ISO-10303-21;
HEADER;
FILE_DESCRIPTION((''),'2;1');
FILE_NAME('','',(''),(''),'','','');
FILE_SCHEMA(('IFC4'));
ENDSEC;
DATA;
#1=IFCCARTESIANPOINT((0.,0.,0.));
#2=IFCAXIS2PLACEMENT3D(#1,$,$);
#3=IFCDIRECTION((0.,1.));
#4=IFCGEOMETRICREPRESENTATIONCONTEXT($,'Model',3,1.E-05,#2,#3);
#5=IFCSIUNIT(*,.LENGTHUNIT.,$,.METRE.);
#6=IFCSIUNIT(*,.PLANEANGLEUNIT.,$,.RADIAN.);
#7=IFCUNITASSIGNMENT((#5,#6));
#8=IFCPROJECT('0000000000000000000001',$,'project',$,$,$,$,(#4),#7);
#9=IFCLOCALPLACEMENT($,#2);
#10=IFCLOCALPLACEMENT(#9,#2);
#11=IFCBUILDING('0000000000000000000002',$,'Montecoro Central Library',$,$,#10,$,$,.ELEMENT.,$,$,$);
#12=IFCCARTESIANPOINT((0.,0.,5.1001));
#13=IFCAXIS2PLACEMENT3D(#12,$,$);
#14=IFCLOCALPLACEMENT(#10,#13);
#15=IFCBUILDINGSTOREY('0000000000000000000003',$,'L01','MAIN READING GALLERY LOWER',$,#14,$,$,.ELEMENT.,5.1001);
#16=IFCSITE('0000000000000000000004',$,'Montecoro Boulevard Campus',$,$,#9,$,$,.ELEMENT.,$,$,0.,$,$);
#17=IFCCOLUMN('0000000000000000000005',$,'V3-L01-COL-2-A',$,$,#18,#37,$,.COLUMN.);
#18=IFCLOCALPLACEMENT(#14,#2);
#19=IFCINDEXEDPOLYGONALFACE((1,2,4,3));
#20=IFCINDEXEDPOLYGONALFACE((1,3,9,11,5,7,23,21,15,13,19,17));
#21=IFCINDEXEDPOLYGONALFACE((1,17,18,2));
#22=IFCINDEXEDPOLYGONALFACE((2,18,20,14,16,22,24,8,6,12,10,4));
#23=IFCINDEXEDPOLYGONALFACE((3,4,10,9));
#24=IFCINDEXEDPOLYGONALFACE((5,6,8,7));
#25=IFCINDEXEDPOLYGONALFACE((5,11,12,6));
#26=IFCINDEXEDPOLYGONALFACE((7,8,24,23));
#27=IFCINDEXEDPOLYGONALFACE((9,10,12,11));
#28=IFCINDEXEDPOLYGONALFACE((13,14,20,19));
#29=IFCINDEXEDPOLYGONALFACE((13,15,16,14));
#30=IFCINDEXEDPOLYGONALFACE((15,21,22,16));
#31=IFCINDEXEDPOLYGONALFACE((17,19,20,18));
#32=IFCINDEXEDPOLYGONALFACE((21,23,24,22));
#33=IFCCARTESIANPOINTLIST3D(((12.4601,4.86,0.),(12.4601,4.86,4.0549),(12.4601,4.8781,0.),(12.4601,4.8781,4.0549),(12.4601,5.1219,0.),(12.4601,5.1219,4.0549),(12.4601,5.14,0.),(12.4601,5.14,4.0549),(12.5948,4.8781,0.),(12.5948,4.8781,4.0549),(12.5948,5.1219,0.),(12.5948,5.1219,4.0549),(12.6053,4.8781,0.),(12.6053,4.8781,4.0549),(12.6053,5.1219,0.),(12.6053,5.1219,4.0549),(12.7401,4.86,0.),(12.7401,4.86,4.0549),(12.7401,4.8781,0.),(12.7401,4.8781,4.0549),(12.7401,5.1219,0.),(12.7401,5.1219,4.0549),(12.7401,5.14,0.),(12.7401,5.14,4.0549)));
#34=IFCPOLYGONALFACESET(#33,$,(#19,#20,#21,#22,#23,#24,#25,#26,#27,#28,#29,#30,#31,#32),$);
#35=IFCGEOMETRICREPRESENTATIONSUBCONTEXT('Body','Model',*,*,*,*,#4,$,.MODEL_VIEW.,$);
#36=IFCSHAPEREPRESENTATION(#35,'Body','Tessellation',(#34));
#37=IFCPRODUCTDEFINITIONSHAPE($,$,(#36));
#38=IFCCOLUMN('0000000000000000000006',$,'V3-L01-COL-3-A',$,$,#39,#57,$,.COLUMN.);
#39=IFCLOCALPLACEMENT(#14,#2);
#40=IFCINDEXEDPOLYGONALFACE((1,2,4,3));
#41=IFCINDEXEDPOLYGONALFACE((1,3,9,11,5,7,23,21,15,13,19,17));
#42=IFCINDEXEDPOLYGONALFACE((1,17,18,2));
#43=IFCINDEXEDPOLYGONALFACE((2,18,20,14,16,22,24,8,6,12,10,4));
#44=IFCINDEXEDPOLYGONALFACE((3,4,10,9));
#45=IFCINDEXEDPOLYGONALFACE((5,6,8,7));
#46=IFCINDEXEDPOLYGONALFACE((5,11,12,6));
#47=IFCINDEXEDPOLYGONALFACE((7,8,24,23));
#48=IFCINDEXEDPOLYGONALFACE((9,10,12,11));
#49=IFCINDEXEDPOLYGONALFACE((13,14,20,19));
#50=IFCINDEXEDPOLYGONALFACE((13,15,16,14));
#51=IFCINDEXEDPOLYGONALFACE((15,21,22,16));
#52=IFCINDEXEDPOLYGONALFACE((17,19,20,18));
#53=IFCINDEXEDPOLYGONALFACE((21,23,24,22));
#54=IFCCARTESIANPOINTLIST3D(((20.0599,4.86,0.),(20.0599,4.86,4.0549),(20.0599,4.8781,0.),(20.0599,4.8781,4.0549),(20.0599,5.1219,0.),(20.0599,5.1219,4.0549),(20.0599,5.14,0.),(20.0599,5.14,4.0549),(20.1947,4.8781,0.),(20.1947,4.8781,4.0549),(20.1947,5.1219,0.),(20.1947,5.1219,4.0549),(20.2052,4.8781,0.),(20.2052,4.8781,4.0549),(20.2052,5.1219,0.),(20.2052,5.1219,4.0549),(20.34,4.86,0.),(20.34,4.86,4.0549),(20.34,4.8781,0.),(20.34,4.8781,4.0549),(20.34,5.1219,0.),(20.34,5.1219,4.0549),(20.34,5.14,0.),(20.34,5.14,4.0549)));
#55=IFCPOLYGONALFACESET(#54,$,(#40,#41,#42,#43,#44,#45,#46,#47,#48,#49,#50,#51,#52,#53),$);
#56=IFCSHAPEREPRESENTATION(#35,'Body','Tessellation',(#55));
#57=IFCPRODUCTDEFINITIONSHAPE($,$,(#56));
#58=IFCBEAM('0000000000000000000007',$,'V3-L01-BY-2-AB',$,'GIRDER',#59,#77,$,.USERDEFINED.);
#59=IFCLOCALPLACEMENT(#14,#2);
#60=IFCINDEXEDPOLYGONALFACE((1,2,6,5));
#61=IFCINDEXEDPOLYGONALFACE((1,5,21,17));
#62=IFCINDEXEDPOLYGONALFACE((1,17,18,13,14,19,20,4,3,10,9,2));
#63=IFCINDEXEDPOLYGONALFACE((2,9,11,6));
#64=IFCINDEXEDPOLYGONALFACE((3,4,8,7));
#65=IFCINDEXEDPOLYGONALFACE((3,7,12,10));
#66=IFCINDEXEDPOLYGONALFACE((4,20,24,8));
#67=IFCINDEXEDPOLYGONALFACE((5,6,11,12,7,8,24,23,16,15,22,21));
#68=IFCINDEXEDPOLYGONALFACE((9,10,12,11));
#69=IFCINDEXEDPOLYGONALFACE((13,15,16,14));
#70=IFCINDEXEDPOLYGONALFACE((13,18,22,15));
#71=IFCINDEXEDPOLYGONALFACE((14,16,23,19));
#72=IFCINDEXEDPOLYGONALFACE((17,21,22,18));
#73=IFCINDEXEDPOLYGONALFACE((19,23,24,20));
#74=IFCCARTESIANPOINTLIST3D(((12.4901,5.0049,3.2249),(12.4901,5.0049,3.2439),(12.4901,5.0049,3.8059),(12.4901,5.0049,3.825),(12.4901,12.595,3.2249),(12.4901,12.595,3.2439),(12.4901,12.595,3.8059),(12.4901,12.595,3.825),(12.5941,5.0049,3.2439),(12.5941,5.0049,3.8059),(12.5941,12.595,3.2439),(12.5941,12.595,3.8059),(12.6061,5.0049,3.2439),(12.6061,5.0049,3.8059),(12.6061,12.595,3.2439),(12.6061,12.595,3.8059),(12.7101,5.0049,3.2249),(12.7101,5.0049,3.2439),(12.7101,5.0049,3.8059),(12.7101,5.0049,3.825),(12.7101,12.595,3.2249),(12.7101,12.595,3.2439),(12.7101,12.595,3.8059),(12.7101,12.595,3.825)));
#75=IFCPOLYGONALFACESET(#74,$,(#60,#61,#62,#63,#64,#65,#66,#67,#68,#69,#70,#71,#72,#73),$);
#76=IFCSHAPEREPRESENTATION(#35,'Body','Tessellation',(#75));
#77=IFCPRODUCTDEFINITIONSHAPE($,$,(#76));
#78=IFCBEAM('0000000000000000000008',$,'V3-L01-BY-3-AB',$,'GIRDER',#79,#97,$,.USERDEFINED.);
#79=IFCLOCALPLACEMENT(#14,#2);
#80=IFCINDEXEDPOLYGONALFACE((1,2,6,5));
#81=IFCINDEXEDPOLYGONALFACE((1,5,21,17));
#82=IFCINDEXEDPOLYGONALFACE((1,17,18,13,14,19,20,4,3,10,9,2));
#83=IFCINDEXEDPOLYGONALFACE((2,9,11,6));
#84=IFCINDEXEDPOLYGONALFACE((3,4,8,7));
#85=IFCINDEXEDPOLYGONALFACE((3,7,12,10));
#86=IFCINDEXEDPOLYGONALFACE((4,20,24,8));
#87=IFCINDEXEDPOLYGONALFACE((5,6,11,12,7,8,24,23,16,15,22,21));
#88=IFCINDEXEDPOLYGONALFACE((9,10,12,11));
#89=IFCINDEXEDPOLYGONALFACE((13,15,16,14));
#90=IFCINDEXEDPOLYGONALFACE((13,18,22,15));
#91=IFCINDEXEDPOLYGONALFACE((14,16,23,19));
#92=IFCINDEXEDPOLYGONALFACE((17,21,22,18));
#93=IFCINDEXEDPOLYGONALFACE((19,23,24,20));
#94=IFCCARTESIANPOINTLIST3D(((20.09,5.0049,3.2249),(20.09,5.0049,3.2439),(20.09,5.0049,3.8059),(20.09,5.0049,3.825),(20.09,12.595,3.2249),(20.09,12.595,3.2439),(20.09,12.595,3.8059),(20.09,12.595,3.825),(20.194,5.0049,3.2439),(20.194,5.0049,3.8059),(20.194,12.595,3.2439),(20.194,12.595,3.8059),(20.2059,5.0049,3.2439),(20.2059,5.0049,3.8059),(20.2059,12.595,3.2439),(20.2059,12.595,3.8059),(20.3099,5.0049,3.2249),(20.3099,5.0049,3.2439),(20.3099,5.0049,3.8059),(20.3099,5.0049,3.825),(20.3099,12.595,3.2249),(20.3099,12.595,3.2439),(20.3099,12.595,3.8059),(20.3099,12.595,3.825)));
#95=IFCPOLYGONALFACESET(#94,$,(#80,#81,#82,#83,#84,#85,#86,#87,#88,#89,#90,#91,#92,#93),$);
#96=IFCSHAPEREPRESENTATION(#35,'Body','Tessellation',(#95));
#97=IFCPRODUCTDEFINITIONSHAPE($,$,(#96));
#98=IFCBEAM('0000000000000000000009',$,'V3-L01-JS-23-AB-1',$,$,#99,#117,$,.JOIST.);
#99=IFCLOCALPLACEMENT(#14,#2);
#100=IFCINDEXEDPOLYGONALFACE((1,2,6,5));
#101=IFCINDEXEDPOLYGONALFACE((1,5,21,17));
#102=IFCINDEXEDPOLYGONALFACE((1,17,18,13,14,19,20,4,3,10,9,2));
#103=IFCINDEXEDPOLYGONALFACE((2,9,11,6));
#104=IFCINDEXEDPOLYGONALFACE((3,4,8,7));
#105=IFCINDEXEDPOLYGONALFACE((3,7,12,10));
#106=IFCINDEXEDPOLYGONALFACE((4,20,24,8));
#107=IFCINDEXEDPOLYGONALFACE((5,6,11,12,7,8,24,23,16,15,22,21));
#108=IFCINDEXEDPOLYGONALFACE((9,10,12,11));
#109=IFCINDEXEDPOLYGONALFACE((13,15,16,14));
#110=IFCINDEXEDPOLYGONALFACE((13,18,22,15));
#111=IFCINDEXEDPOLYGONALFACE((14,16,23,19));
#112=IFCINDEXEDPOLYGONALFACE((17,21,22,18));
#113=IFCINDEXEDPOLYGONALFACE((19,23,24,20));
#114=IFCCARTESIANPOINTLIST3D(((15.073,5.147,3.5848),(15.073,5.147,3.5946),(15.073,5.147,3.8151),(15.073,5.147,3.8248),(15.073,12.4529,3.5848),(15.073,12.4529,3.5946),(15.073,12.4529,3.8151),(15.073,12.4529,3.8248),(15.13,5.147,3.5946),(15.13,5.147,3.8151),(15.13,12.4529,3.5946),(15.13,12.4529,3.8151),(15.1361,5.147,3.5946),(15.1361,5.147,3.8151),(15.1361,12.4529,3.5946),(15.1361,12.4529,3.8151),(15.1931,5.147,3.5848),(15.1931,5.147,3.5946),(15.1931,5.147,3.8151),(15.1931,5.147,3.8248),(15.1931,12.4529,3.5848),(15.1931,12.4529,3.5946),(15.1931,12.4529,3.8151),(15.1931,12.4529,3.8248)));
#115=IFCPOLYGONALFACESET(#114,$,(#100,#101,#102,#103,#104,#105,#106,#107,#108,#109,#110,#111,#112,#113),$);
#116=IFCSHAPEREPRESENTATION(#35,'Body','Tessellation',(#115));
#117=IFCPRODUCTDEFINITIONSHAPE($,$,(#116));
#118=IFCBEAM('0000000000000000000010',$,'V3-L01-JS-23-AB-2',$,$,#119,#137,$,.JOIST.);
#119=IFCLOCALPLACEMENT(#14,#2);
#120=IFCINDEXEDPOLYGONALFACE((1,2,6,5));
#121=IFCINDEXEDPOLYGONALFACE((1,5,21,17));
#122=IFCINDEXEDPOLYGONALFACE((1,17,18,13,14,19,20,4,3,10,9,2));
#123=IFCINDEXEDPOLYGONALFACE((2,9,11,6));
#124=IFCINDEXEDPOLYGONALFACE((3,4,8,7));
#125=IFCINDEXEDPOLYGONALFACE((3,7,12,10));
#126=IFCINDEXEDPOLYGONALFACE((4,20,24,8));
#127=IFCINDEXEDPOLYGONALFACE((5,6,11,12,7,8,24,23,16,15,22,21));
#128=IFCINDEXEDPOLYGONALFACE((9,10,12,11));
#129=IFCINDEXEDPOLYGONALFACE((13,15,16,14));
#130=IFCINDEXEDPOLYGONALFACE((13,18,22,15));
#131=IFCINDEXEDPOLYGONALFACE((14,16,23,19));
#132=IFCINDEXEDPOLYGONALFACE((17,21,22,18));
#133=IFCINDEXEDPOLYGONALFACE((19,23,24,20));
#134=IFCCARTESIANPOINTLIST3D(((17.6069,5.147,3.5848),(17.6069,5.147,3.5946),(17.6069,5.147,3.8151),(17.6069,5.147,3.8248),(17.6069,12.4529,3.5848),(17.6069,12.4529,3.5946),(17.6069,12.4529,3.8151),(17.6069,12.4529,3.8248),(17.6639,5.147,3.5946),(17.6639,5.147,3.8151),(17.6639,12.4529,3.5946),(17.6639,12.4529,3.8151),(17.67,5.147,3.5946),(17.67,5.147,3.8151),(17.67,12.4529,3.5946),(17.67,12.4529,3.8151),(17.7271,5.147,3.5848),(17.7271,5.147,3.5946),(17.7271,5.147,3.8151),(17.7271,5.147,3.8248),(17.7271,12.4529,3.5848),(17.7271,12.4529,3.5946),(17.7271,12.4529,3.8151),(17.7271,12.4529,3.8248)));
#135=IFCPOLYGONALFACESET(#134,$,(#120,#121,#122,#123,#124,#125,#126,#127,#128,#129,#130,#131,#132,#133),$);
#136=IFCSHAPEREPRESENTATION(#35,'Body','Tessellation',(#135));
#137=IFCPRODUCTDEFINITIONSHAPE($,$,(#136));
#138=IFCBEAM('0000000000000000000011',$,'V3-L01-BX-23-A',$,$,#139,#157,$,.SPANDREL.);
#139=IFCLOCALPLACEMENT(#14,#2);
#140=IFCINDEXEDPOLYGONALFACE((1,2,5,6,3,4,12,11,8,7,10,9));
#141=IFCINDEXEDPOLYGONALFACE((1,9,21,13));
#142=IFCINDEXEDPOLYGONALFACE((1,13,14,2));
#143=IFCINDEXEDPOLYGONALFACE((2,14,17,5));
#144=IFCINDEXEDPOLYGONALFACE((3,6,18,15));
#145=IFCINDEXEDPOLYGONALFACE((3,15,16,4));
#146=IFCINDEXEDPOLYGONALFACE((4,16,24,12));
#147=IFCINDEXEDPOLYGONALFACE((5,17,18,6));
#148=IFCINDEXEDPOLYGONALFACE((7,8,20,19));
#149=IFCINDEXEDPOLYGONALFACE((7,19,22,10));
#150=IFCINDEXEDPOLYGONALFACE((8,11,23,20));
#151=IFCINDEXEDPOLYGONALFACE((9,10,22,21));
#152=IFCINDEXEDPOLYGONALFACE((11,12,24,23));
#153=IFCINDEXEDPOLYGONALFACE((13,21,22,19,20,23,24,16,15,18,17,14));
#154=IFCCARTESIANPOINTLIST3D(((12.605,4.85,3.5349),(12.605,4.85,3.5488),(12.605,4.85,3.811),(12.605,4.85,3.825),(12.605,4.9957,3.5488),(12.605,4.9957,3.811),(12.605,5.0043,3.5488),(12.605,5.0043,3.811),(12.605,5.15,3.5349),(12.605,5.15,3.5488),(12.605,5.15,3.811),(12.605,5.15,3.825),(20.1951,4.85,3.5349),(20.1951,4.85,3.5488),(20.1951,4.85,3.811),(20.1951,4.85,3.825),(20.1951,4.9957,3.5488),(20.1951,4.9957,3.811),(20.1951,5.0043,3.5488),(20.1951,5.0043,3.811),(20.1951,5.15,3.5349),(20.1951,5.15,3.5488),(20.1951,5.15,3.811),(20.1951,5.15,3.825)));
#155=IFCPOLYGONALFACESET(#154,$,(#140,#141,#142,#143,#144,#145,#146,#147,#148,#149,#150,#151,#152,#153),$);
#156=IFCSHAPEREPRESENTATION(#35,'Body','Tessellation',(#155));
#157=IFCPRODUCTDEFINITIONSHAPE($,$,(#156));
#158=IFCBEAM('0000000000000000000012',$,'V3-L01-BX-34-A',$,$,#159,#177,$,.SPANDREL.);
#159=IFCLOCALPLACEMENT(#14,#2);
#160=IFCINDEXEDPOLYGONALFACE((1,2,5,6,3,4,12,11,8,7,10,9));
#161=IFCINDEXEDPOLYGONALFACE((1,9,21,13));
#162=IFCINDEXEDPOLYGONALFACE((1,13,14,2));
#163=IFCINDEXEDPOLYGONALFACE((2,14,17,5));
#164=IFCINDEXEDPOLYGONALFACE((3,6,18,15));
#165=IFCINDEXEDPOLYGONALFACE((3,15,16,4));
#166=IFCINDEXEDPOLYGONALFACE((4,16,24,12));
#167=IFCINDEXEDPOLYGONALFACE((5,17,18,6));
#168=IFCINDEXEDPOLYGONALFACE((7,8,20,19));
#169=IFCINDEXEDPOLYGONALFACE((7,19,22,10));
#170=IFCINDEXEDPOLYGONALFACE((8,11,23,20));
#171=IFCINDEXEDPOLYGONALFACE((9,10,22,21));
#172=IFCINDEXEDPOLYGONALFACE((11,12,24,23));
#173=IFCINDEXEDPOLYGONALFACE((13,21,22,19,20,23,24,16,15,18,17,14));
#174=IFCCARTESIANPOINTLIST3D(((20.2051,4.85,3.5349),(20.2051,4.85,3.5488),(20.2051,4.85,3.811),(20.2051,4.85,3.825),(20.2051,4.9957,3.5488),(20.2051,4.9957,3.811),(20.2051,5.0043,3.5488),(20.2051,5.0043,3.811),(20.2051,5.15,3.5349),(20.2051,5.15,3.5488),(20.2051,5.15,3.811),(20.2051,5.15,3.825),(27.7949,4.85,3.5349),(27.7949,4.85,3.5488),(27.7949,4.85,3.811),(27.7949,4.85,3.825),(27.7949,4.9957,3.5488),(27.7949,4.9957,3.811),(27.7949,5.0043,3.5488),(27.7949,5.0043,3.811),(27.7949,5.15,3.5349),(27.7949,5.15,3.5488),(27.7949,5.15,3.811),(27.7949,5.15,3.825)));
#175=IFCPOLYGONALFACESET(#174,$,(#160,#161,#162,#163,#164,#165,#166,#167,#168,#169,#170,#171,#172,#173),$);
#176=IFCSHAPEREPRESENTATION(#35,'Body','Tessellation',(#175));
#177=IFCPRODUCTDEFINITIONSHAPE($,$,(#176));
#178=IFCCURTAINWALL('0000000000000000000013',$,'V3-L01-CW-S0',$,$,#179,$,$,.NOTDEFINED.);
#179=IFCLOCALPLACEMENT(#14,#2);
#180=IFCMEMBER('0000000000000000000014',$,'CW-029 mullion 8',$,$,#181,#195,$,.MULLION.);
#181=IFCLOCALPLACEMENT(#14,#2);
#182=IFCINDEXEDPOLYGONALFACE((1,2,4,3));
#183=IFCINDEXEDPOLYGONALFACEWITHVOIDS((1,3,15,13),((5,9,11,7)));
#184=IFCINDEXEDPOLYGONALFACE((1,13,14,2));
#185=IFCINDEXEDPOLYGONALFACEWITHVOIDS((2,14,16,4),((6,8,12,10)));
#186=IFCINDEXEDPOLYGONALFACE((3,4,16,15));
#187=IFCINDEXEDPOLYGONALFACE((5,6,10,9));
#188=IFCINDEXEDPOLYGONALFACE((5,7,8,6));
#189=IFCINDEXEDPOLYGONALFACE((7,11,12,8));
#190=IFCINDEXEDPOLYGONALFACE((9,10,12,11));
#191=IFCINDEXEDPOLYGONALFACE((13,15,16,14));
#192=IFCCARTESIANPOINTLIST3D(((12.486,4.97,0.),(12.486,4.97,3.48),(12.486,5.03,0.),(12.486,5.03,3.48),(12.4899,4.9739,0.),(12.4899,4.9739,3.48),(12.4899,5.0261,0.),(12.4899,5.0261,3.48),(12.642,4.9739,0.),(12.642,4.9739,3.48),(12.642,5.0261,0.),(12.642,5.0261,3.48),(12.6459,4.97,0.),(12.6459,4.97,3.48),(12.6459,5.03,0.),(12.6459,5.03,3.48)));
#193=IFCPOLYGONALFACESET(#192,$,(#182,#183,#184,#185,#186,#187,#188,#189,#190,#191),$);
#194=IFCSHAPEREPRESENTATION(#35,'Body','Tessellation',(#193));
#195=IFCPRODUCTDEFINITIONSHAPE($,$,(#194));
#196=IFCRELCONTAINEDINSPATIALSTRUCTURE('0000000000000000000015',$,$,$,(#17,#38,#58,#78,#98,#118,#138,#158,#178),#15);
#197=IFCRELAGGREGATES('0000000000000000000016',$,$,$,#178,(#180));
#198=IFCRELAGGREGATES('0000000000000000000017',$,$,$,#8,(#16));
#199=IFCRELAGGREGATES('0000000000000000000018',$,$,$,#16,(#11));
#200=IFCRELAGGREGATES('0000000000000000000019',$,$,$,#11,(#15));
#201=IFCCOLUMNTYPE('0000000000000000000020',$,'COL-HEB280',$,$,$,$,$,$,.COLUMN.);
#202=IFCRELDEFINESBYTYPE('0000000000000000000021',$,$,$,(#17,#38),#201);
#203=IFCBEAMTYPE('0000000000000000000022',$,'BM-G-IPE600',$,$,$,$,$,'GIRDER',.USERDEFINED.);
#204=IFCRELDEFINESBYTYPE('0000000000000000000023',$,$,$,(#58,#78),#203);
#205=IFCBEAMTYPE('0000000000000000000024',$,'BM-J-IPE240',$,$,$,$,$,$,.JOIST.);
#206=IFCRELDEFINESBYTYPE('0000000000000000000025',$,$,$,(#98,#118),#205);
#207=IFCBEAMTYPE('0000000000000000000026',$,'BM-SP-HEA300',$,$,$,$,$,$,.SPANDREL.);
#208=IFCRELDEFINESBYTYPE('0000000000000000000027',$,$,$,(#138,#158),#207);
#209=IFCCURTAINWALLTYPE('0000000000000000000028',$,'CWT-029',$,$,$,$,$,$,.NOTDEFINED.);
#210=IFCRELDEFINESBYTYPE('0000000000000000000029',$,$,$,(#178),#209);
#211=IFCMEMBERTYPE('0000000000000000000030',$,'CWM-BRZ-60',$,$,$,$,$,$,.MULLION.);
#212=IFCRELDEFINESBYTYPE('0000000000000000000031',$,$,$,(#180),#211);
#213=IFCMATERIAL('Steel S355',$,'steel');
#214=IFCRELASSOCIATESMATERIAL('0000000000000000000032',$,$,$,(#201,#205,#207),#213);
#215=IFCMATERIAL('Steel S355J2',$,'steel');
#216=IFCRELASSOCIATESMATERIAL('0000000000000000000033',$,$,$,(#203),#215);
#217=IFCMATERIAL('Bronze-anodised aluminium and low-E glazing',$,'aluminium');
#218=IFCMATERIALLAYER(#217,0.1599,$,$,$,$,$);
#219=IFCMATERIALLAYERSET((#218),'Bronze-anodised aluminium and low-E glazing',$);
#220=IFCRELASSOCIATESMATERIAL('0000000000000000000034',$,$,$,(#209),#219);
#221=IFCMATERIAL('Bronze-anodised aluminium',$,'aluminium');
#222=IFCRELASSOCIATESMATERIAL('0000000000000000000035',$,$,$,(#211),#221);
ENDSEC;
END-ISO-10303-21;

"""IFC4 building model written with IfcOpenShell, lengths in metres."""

from ifc_helpers import new_model, si_unit, direction, frame, origin, origin_2d, place, context, subcontext, project, spatial, hollow_rectangle, i_section, extrude, material, layer, layer_set, material_profile, profile_set, type_object, element, aggregate, save


model = new_model("IFC4")

# Units and contexts
model_context = context("Model", 3, precision=1e-05, world=origin(), true_north=direction((0.0, 1.0)))
body_context = subcontext(model_context, "Body", "Model", "MODEL_VIEW")
ifc_project = project(units=[si_unit("LENGTHUNIT", "METRE"), si_unit("PLANEANGLEUNIT", "RADIAN")], contexts=[model_context])

# Site, building, storey
site_placement = place(None, origin())
site = spatial("IfcSite", under=ifc_project, at=site_placement, Name="Montecoro Boulevard Campus", CompositionType="ELEMENT", RefElevation=0.0)
building_placement = place(site_placement, origin())
building = spatial("IfcBuilding", under=site, at=building_placement, Name="Montecoro Central Library", CompositionType="ELEMENT")
storey_placement = place(building_placement, frame((0.0, 0.0, 5.1001)))
storey = spatial("IfcBuildingStorey", under=building, at=storey_placement, Name="L01", Description="MAIN READING GALLERY LOWER", CompositionType="ELEMENT", Elevation=5.1001)

# Columns
ifc_material_1 = material(Name="Steel S355", Category="steel")
ifc_material_profile_1 = material_profile(ifc_material_1, i_section(OverallWidth=0.28, OverallDepth=0.28, WebThickness=0.0105, FlangeThickness=0.0181, at=origin_2d()), Name="HEB 280")
ifc_profile_set_1 = profile_set([ifc_material_profile_1], Name="Steel S355")
column_type = type_object("IfcColumnType", Name="COL-HEB280", PredefinedType="COLUMN", material=ifc_profile_set_1)
for number, where, z_axis, x_axis, name in (
    (1, (12.6001, 5.0, 0.0), (0.0, 0.0, 1.0), (1.0, 0.0, 0.0), "V3-L01-COL-2-A"),
    (2, (20.2, 5.0, 0.0), (0.0, 0.0, 1.0), (1.0, 0.0, 0.0), "V3-L01-COL-3-A"),
):
    element("IfcColumn", number, at=place(storey_placement, frame(where, z_axis=z_axis, x_axis=x_axis)), inside=storey, type_object=column_type, Name=name, PredefinedType="COLUMN", context=body_context, shape_type="SweptSolid", body=[
        extrude(i_section(OverallWidth=0.28, OverallDepth=0.28, WebThickness=0.0105, FlangeThickness=0.0181, at=origin_2d()), origin(), (0.0, 0.0, 1.0), 4.0549),
    ])

# Beams
ifc_material_2 = material(Name="Steel S355J2", Category="steel")
ifc_material_profile_2 = material_profile(ifc_material_2, i_section(OverallWidth=0.22, OverallDepth=0.6001, WebThickness=0.012, FlangeThickness=0.019, at=origin_2d()), Name="IPE 600")
ifc_profile_set_2 = profile_set([ifc_material_profile_2], Name="Steel S355J2")
beam_type_1 = type_object("IfcBeamType", Name="BM-G-IPE600", ElementType="GIRDER", PredefinedType="USERDEFINED", material=ifc_profile_set_2)
for number, where, z_axis, x_axis, name in (
    (3, (12.6001, 5.0049, 3.5249), (0.0, 1.0, 0.0), (-1.0, 0.0, 0.0), "V3-L01-BY-2-AB"),
    (4, (20.2, 5.0049, 3.5249), (0.0, 1.0, 0.0), (-1.0, 0.0, 0.0), "V3-L01-BY-3-AB"),
):
    element("IfcBeam", number, at=place(storey_placement, frame(where, z_axis=z_axis, x_axis=x_axis)), inside=storey, type_object=beam_type_1, Name=name, ObjectType="GIRDER", PredefinedType="USERDEFINED", context=body_context, shape_type="SweptSolid", body=[
        extrude(i_section(OverallWidth=0.22, OverallDepth=0.6001, WebThickness=0.012, FlangeThickness=0.019, at=origin_2d()), origin(), (0.0, 0.0, 1.0), 7.5901),
    ])
ifc_material_profile_3 = material_profile(ifc_material_1, i_section(OverallWidth=0.1201, OverallDepth=0.24, WebThickness=0.0061, FlangeThickness=0.0098, at=origin_2d()), Name="IPE 240")
ifc_profile_set_3 = profile_set([ifc_material_profile_3], Name="Steel S355")
beam_type_2 = type_object("IfcBeamType", Name="BM-J-IPE240", PredefinedType="JOIST", material=ifc_profile_set_3)
for number, where, z_axis, x_axis, name in (
    (5, (15.1331, 5.147, 3.7048), (0.0, 1.0, 0.0), (-1.0, 0.0, 0.0), "V3-L01-JS-23-AB-1"),
    (6, (17.667, 5.147, 3.7048), (0.0, 1.0, 0.0), (-1.0, 0.0, 0.0), "V3-L01-JS-23-AB-2"),
):
    element("IfcBeam", number, at=place(storey_placement, frame(where, z_axis=z_axis, x_axis=x_axis)), inside=storey, type_object=beam_type_2, Name=name, PredefinedType="JOIST", context=body_context, shape_type="SweptSolid", body=[
        extrude(i_section(OverallWidth=0.1201, OverallDepth=0.24, WebThickness=0.0061, FlangeThickness=0.0098, at=origin_2d()), origin(), (0.0, 0.0, 1.0), 7.3059),
    ])
ifc_material_profile_4 = material_profile(ifc_material_1, i_section(OverallWidth=0.3, OverallDepth=0.29, WebThickness=0.0085, FlangeThickness=0.0139, at=origin_2d()), Name="HEA 300")
ifc_profile_set_4 = profile_set([ifc_material_profile_4], Name="Steel S355")
beam_type_3 = type_object("IfcBeamType", Name="BM-SP-HEA300", PredefinedType="SPANDREL", material=ifc_profile_set_4)
beam_1_placement = place(storey_placement, frame((12.605, 5.0, 3.6799), z_axis=(1.0, 0.0, 0.0), x_axis=(0.0, 1.0, 0.0)))
element("IfcBeam", 7, at=beam_1_placement, inside=storey, type_object=beam_type_3, Name="V3-L01-BX-23-A", PredefinedType="SPANDREL", context=body_context, shape_type="SweptSolid", body=[
    extrude(i_section(OverallWidth=0.3, OverallDepth=0.29, WebThickness=0.0085, FlangeThickness=0.0139, at=origin_2d()), origin(), (0.0, 0.0, 1.0), 7.5901),
])
beam_2_placement = place(storey_placement, frame((20.2051, 5.0, 3.6799), z_axis=(1.0, 0.0, 0.0), x_axis=(0.0, 1.0, 0.0)))
element("IfcBeam", 8, at=beam_2_placement, inside=storey, type_object=beam_type_3, Name="V3-L01-BX-34-A", PredefinedType="SPANDREL", context=body_context, shape_type="SweptSolid", body=[
    extrude(i_section(OverallWidth=0.3, OverallDepth=0.29, WebThickness=0.0085, FlangeThickness=0.0139, at=origin_2d()), origin(), (0.0, 0.0, 1.0), 7.5898),
])

# Curtain wall, member
ifc_material_3 = material(Name="Bronze-anodised aluminium and low-E glazing", Category="aluminium")
ifc_layer_1 = layer(ifc_material_3, 0.1599)
ifc_layer_set_1 = layer_set([ifc_layer_1], Name="Bronze-anodised aluminium and low-E glazing")
curtain_wall_type = type_object("IfcCurtainWallType", Name="CWT-029", PredefinedType="NOTDEFINED", material=ifc_layer_set_1)
curtain_wall_1_placement = place(storey_placement, origin())
curtain_wall_1 = element("IfcCurtainWall", 9, at=curtain_wall_1_placement, inside=storey, type_object=curtain_wall_type, Name="V3-L01-CW-S0", PredefinedType="NOTDEFINED")
ifc_material_4 = material(Name="Bronze-anodised aluminium", Category="aluminium")
ifc_material_profile_5 = material_profile(ifc_material_4, hollow_rectangle(XDim=0.0601, YDim=0.1599, WallThickness=0.0039, at=origin_2d()), Name="CWM 160x60x4.0")
ifc_profile_set_5 = profile_set([ifc_material_profile_5], Name="Bronze-anodised aluminium")
member_type_1 = type_object("IfcMemberType", Name="CWM-BRZ-60", PredefinedType="MULLION", material=ifc_profile_set_5)
member_1_placement = place(storey_placement, frame((12.5659, 5.0, 0.0), z_axis=(0.0, 0.0, 1.0), x_axis=(0.0, 1.0, 0.0)))
member_1 = element("IfcMember", 10, at=member_1_placement, type_object=member_type_1, Name="CW-029 mullion 8", PredefinedType="MULLION", context=body_context, shape_type="SweptSolid", body=[
    extrude(hollow_rectangle(XDim=0.0601, YDim=0.1599, WallThickness=0.0039, at=origin_2d()), origin(), (0.0, 0.0, 1.0), 3.48),
])

aggregate(curtain_wall_1, [member_1])

save(model, "model.ifc")
